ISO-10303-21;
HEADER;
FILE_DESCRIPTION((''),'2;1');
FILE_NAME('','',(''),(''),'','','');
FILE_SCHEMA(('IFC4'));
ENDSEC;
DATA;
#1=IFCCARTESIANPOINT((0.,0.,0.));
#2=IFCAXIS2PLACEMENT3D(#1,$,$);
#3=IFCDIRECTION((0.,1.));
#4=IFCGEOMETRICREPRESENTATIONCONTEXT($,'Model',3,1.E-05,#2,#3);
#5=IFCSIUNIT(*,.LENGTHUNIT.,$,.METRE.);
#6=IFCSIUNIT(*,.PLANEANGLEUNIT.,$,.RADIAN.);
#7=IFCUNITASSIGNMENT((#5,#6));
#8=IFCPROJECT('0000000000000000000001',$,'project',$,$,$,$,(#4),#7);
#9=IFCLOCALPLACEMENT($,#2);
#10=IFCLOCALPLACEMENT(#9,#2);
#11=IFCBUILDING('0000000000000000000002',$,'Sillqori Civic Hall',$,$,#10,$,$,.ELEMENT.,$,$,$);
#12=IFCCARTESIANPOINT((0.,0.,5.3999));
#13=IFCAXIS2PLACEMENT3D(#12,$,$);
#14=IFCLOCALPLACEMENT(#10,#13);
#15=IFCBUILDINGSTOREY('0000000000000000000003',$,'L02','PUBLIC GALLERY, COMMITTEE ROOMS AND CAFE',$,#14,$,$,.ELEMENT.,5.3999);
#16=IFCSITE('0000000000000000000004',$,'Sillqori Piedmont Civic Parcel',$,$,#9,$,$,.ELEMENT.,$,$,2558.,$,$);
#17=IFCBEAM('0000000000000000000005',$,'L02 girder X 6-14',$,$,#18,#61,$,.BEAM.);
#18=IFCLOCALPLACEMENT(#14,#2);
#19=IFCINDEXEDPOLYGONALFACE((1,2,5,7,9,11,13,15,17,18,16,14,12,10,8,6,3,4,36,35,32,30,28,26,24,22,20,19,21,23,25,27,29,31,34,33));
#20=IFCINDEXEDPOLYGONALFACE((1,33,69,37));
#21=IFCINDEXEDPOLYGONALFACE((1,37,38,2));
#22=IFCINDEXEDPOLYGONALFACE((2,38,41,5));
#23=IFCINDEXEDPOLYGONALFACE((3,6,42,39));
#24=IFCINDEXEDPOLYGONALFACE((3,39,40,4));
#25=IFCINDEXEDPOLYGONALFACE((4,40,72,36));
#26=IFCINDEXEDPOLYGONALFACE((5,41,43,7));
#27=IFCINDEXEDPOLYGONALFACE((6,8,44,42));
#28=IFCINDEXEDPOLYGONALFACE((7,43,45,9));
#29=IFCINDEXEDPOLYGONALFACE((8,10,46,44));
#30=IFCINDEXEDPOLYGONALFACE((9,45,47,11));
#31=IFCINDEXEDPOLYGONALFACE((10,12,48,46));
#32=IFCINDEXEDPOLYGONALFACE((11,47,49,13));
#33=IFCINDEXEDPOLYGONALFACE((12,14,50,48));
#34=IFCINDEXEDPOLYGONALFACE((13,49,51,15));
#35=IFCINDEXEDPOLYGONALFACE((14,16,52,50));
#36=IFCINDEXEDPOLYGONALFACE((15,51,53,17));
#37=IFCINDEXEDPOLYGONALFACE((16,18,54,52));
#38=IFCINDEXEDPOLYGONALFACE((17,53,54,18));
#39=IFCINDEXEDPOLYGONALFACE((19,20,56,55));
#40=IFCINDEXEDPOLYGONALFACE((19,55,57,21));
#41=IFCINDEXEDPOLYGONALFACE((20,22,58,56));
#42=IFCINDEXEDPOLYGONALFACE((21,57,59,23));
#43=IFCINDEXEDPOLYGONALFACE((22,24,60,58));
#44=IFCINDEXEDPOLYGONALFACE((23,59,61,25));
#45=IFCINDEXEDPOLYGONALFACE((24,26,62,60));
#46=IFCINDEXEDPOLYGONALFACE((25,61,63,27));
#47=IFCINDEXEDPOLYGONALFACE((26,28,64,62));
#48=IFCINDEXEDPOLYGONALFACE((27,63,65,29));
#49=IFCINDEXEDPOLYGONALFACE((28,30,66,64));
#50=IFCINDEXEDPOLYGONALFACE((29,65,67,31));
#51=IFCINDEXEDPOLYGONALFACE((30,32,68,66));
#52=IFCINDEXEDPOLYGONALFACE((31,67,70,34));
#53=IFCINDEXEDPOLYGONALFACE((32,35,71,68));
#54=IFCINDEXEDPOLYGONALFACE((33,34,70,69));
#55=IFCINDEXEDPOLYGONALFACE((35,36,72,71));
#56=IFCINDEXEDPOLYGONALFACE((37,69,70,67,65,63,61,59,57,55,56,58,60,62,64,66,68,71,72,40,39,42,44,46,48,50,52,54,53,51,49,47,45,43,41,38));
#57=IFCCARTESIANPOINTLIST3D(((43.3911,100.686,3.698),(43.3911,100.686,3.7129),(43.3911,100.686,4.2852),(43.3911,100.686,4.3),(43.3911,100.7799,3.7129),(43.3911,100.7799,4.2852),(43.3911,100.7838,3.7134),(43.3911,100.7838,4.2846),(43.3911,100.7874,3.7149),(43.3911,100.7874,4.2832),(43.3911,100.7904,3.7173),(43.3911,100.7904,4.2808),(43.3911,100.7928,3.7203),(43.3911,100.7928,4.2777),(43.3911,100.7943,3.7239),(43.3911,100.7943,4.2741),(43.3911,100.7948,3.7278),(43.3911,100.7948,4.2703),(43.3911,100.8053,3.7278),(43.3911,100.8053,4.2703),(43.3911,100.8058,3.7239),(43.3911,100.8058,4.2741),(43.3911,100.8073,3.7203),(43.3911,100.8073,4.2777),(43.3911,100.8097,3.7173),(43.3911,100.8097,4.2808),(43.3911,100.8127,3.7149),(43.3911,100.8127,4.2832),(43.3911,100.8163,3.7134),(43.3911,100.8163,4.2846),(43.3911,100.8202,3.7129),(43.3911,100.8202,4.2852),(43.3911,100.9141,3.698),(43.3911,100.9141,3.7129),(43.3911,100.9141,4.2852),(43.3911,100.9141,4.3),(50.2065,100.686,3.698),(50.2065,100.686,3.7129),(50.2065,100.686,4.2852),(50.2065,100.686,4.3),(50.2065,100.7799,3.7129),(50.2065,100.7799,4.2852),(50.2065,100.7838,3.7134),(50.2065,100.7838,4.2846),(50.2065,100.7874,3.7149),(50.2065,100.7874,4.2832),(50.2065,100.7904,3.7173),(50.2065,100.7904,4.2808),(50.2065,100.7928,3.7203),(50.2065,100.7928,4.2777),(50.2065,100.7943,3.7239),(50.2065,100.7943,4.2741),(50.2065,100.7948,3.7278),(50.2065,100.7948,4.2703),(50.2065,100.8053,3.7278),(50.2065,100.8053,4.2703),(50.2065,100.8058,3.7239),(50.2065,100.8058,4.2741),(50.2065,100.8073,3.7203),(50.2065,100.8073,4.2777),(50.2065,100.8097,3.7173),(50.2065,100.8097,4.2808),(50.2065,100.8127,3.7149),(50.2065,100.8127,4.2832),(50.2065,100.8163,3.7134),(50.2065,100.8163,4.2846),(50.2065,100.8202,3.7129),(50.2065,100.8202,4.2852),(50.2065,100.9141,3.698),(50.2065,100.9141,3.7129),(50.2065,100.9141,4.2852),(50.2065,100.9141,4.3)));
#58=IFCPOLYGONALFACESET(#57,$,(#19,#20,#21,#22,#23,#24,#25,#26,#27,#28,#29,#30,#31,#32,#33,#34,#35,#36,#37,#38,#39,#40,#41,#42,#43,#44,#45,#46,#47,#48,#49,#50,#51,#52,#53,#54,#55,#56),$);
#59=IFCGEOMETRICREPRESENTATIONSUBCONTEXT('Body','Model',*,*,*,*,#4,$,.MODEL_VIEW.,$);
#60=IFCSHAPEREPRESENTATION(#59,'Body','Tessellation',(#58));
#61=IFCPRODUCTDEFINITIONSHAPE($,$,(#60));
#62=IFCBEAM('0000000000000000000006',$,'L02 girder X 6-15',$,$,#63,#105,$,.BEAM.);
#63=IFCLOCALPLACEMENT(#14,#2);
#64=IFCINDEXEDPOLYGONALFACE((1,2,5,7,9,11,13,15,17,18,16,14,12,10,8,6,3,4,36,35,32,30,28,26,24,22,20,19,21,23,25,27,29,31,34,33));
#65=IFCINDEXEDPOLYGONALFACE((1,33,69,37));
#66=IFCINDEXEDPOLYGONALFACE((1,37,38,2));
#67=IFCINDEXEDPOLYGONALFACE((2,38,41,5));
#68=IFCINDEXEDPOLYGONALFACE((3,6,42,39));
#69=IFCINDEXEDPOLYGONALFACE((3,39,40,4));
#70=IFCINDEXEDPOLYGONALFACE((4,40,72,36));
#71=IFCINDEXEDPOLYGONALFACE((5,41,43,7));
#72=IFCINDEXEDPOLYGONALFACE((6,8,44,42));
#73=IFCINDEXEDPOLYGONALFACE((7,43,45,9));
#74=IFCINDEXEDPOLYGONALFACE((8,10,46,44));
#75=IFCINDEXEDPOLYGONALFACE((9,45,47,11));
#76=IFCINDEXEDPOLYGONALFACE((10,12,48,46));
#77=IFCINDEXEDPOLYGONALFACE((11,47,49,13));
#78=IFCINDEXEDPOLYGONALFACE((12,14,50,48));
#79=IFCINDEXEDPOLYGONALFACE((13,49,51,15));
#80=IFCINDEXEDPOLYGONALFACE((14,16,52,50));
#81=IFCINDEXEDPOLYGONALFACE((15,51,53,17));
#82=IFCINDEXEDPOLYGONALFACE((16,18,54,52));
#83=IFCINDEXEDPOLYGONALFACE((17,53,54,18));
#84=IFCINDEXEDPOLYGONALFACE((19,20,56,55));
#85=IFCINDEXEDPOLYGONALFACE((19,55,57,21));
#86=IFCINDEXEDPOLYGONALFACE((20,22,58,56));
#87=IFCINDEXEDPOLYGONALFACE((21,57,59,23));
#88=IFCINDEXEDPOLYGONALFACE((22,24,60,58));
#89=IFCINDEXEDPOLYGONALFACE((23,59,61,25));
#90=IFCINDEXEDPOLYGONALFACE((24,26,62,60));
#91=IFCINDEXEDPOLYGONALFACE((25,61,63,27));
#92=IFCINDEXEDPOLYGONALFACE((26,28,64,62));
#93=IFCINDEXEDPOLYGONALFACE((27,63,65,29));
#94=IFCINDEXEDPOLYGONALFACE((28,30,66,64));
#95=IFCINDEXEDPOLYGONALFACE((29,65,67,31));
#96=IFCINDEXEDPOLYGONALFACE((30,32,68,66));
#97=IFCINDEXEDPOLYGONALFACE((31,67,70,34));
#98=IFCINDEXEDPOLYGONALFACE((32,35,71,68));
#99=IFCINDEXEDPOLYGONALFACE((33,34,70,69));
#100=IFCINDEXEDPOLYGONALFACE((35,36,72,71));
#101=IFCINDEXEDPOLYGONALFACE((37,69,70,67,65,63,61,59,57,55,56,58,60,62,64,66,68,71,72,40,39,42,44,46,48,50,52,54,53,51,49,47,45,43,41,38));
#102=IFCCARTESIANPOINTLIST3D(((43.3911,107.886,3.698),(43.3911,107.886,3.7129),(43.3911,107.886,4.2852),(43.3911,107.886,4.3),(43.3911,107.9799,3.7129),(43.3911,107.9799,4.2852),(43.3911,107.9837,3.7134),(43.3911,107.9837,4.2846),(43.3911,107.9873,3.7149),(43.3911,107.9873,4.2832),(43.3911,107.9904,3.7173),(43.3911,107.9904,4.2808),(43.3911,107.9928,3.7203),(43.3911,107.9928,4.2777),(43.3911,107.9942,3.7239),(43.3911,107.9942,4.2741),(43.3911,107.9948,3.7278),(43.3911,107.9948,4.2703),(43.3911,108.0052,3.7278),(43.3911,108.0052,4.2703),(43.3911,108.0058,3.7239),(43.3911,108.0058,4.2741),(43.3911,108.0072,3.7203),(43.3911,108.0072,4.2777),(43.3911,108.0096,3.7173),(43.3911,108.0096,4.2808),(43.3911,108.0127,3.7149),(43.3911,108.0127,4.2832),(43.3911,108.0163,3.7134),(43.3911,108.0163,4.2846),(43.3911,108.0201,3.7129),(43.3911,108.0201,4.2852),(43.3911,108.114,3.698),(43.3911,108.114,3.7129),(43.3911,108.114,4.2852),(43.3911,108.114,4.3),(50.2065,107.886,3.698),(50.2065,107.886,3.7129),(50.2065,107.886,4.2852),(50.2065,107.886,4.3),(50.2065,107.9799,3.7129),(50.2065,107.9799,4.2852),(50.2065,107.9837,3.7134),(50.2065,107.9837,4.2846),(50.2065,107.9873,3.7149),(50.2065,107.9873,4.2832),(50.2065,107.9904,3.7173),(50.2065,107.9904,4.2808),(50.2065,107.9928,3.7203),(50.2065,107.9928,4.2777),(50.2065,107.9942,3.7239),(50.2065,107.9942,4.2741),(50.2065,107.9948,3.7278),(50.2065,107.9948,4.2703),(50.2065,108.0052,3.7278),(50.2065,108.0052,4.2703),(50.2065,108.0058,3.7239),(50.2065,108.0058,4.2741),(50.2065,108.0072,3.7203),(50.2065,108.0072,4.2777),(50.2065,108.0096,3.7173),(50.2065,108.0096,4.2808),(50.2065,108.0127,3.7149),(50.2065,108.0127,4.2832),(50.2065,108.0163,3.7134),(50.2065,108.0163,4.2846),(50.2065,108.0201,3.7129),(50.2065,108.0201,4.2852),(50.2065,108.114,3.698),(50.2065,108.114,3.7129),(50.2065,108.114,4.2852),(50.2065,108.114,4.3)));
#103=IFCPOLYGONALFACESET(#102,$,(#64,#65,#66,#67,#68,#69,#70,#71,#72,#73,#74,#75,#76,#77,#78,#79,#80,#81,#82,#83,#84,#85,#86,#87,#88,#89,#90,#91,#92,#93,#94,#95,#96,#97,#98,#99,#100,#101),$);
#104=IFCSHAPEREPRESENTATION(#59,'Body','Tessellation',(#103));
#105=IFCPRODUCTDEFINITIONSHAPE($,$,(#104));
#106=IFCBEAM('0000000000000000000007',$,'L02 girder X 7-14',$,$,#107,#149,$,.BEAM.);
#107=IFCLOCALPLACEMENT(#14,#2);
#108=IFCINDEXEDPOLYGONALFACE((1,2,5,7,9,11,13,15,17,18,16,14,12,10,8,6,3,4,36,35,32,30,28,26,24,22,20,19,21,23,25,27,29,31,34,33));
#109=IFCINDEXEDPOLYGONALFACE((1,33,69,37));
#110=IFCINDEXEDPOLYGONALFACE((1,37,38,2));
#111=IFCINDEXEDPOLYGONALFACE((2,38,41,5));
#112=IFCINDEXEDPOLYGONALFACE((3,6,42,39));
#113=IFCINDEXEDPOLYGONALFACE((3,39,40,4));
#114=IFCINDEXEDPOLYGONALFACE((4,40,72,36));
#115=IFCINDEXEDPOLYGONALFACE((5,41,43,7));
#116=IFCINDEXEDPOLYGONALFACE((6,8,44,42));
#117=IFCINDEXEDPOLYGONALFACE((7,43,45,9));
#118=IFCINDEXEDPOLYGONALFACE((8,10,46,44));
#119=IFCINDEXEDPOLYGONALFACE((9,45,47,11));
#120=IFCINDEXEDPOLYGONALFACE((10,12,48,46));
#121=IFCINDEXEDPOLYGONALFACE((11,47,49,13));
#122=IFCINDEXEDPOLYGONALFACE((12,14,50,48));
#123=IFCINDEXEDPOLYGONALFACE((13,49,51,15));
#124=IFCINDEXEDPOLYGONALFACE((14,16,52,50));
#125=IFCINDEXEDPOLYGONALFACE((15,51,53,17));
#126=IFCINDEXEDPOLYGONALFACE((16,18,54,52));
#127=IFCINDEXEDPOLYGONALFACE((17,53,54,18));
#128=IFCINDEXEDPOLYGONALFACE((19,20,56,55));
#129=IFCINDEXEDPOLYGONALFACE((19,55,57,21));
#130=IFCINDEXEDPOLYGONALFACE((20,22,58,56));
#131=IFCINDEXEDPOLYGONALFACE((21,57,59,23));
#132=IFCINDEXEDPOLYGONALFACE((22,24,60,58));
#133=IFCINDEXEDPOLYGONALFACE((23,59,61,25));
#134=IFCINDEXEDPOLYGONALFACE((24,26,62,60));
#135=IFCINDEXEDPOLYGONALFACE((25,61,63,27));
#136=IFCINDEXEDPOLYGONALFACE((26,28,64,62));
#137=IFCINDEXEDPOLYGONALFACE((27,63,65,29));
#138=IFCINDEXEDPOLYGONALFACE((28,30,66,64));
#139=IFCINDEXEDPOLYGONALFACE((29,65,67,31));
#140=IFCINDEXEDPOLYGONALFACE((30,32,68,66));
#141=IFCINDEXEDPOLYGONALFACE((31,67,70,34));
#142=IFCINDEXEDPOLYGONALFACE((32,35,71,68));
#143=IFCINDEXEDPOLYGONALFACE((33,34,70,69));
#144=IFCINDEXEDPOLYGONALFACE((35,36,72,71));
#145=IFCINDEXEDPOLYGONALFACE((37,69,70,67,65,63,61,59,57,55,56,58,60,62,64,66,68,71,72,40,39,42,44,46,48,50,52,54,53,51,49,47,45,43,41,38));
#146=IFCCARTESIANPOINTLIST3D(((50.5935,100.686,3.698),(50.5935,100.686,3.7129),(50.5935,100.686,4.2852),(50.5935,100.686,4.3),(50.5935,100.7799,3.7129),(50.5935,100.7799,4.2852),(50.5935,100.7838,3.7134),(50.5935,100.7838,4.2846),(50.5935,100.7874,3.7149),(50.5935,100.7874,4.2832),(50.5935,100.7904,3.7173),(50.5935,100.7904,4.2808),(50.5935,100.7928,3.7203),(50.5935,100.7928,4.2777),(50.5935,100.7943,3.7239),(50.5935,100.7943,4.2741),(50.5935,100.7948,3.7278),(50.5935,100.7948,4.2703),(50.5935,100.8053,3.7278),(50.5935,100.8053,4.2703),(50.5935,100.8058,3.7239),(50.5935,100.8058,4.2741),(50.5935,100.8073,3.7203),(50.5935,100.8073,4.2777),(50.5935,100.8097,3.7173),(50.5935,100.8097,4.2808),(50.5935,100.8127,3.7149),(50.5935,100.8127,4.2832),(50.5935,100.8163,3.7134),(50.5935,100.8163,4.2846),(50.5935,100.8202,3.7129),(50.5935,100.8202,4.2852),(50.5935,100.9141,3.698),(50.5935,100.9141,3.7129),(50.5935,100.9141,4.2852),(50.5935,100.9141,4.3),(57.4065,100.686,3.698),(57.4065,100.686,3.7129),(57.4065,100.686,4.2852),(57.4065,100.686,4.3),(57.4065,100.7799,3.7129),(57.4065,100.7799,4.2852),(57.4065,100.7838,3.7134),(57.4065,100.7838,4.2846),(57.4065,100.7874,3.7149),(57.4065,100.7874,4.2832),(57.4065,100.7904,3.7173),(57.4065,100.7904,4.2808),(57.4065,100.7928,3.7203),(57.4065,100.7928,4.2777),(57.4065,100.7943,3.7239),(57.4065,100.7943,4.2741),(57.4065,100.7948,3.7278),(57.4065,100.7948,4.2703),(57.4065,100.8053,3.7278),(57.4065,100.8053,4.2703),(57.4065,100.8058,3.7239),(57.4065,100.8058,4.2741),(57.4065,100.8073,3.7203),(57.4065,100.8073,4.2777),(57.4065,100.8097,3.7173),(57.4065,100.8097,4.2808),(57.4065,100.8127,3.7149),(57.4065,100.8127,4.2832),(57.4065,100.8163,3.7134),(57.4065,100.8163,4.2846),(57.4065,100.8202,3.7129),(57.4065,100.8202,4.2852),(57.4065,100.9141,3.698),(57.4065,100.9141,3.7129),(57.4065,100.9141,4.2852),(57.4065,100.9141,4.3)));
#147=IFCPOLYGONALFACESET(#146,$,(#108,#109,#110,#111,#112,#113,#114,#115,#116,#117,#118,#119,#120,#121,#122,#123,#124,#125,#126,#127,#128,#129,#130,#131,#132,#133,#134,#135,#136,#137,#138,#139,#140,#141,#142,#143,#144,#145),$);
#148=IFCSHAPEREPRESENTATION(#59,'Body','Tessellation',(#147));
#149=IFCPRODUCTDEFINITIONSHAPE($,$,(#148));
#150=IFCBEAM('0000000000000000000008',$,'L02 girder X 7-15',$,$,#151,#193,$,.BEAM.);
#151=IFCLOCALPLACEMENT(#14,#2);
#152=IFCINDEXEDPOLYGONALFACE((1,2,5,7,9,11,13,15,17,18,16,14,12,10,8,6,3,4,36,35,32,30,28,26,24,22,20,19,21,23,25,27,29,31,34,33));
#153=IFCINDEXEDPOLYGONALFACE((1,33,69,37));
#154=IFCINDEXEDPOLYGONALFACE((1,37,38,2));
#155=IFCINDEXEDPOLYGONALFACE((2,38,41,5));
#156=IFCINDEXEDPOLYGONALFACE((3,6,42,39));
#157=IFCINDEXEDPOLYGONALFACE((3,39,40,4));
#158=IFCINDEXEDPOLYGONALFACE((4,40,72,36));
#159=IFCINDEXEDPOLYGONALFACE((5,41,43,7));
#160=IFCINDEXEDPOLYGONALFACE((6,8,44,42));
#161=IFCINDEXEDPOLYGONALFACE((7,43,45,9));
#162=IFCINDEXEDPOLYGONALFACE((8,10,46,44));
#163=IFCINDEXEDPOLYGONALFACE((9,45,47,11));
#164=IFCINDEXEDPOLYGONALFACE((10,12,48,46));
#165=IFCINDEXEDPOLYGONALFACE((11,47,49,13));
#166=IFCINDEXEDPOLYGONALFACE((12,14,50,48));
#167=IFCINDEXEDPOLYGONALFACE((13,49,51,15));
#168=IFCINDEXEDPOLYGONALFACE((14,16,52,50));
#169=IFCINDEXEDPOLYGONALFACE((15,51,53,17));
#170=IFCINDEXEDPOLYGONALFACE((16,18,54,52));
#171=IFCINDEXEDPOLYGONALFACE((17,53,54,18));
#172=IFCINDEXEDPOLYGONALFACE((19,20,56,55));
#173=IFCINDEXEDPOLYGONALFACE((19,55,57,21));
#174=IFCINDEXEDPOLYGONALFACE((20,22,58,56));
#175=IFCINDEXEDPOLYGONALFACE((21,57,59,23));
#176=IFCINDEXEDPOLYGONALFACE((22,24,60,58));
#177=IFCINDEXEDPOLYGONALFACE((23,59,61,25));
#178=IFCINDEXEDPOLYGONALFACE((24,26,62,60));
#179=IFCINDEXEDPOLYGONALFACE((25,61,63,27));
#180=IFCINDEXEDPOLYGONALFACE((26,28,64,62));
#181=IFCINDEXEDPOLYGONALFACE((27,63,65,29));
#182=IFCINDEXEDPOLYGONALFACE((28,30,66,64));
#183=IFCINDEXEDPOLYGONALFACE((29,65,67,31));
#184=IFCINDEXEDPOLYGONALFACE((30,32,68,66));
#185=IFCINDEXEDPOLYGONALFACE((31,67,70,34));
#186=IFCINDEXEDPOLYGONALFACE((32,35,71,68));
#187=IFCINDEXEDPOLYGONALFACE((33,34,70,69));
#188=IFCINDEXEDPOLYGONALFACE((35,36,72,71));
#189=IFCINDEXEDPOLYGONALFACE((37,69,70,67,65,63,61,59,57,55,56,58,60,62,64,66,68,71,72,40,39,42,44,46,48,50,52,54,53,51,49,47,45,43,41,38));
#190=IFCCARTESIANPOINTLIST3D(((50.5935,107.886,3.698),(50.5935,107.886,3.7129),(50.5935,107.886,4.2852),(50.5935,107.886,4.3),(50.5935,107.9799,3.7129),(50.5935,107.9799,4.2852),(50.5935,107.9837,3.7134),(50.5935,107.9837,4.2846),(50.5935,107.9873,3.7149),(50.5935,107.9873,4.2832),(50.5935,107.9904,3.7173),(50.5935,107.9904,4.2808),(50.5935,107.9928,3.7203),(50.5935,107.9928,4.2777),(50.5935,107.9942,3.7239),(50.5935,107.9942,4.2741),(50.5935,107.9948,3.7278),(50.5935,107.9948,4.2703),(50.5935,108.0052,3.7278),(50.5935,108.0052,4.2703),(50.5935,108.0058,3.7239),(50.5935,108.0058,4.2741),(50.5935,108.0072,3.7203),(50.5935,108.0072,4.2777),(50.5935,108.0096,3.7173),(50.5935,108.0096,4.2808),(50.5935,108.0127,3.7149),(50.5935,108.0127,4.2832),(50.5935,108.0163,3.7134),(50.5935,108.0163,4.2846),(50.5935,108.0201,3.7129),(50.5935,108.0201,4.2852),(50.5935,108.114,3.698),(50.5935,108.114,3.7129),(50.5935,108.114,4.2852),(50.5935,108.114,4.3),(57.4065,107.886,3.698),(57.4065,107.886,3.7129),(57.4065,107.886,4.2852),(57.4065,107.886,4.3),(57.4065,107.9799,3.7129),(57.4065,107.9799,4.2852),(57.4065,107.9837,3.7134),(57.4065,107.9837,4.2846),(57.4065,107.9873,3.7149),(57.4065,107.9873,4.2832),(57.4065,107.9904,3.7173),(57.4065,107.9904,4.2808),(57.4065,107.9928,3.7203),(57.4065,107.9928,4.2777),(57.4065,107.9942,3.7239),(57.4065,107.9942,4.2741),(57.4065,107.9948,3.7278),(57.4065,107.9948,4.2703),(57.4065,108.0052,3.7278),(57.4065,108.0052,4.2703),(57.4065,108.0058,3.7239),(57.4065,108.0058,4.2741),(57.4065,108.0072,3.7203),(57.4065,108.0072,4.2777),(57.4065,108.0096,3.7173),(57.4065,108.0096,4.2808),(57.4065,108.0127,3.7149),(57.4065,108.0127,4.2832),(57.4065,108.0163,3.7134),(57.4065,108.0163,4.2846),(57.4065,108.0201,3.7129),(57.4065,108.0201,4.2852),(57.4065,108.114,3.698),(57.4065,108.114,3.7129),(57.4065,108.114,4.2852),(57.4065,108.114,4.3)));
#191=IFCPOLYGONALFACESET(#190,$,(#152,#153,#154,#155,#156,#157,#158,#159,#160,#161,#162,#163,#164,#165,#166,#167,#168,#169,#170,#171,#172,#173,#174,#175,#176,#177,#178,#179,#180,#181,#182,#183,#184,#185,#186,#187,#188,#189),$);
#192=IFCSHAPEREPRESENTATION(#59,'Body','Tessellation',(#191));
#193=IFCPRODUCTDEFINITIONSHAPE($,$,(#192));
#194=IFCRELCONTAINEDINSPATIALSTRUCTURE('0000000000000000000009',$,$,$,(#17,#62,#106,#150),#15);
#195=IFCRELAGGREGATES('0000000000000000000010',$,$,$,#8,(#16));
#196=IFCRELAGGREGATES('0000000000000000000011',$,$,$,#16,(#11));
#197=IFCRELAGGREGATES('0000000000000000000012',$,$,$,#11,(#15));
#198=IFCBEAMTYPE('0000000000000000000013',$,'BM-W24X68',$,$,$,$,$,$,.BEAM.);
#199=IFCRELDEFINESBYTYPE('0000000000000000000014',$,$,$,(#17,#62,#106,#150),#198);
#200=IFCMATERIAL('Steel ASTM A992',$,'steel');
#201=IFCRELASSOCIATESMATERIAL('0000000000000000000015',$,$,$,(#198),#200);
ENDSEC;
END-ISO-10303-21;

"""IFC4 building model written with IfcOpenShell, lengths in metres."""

from ifc_helpers import new_model, si_unit, direction, frame, origin, origin_2d, place, context, subcontext, project, spatial, i_section, extrude, material, material_profile, profile_set, type_object, element, save


model = new_model("IFC4")

# Units and contexts
model_context = context("Model", 3, precision=1e-05, world=origin(), true_north=direction((0.0, 1.0)))
body_context = subcontext(model_context, "Body", "Model", "MODEL_VIEW")
ifc_project = project(units=[si_unit("LENGTHUNIT", "METRE"), si_unit("PLANEANGLEUNIT", "RADIAN")], contexts=[model_context])

# Site, building, storey
site_placement = place(None, origin())
site = spatial("IfcSite", under=ifc_project, at=site_placement, Name="Sillqori Piedmont Civic Parcel", CompositionType="ELEMENT", RefElevation=2558.0)
building_placement = place(site_placement, origin())
building = spatial("IfcBuilding", under=site, at=building_placement, Name="Sillqori Civic Hall", CompositionType="ELEMENT")
storey_placement = place(building_placement, frame((0.0, 0.0, 5.3999)))
storey = spatial("IfcBuildingStorey", under=building, at=storey_placement, Name="L02", Description="PUBLIC GALLERY, COMMITTEE ROOMS AND CAFE", CompositionType="ELEMENT", Elevation=5.3999)

# Shared definitions
ifc_material_1 = material(Name="Steel ASTM A992", Category="steel")

# Beams
ifc_material_profile_1 = material_profile(ifc_material_1, i_section(OverallWidth=0.228, OverallDepth=0.6021, WebThickness=0.0105, FlangeThickness=0.0149, FilletRadius=0.0149, at=origin_2d()), Name="W24X68")
ifc_profile_set_1 = profile_set([ifc_material_profile_1], Name="Steel ASTM A992")
beam_type_1 = type_object("IfcBeamType", Name="BM-W24X68", PredefinedType="BEAM", material=ifc_profile_set_1)
for number, where, z_axis, x_axis, name in (
    (1, (43.3911, 100.8, 3.999), (1.0, 0.0, 0.0), (0.0, 1.0, 0.0), "L02 girder X 6-14"),
    (2, (43.3911, 108.0, 3.999), (1.0, 0.0, 0.0), (0.0, 1.0, 0.0), "L02 girder X 6-15"),
):
    element("IfcBeam", number, at=place(storey_placement, frame(where, z_axis=z_axis, x_axis=x_axis)), inside=storey, type_object=beam_type_1, Name=name, PredefinedType="BEAM", context=body_context, shape_type="SweptSolid", body=[
        extrude(i_section(OverallWidth=0.228, OverallDepth=0.6021, WebThickness=0.0105, FlangeThickness=0.0149, FilletRadius=0.0149, at=origin_2d()), origin(), (0.0, 0.0, 1.0), 6.8154),
    ])
for number, where, z_axis, x_axis, name in (
    (3, (50.5935, 100.8, 3.999), (1.0, 0.0, 0.0), (0.0, 1.0, 0.0), "L02 girder X 7-14"),
    (4, (50.5935, 108.0, 3.999), (1.0, 0.0, 0.0), (0.0, 1.0, 0.0), "L02 girder X 7-15"),
):
    element("IfcBeam", number, at=place(storey_placement, frame(where, z_axis=z_axis, x_axis=x_axis)), inside=storey, type_object=beam_type_1, Name=name, PredefinedType="BEAM", context=body_context, shape_type="SweptSolid", body=[
        extrude(i_section(OverallWidth=0.228, OverallDepth=0.6021, WebThickness=0.0105, FlangeThickness=0.0149, FilletRadius=0.0149, at=origin_2d()), origin(), (0.0, 0.0, 1.0), 6.813),
    ])

save(model, "model.ifc")
